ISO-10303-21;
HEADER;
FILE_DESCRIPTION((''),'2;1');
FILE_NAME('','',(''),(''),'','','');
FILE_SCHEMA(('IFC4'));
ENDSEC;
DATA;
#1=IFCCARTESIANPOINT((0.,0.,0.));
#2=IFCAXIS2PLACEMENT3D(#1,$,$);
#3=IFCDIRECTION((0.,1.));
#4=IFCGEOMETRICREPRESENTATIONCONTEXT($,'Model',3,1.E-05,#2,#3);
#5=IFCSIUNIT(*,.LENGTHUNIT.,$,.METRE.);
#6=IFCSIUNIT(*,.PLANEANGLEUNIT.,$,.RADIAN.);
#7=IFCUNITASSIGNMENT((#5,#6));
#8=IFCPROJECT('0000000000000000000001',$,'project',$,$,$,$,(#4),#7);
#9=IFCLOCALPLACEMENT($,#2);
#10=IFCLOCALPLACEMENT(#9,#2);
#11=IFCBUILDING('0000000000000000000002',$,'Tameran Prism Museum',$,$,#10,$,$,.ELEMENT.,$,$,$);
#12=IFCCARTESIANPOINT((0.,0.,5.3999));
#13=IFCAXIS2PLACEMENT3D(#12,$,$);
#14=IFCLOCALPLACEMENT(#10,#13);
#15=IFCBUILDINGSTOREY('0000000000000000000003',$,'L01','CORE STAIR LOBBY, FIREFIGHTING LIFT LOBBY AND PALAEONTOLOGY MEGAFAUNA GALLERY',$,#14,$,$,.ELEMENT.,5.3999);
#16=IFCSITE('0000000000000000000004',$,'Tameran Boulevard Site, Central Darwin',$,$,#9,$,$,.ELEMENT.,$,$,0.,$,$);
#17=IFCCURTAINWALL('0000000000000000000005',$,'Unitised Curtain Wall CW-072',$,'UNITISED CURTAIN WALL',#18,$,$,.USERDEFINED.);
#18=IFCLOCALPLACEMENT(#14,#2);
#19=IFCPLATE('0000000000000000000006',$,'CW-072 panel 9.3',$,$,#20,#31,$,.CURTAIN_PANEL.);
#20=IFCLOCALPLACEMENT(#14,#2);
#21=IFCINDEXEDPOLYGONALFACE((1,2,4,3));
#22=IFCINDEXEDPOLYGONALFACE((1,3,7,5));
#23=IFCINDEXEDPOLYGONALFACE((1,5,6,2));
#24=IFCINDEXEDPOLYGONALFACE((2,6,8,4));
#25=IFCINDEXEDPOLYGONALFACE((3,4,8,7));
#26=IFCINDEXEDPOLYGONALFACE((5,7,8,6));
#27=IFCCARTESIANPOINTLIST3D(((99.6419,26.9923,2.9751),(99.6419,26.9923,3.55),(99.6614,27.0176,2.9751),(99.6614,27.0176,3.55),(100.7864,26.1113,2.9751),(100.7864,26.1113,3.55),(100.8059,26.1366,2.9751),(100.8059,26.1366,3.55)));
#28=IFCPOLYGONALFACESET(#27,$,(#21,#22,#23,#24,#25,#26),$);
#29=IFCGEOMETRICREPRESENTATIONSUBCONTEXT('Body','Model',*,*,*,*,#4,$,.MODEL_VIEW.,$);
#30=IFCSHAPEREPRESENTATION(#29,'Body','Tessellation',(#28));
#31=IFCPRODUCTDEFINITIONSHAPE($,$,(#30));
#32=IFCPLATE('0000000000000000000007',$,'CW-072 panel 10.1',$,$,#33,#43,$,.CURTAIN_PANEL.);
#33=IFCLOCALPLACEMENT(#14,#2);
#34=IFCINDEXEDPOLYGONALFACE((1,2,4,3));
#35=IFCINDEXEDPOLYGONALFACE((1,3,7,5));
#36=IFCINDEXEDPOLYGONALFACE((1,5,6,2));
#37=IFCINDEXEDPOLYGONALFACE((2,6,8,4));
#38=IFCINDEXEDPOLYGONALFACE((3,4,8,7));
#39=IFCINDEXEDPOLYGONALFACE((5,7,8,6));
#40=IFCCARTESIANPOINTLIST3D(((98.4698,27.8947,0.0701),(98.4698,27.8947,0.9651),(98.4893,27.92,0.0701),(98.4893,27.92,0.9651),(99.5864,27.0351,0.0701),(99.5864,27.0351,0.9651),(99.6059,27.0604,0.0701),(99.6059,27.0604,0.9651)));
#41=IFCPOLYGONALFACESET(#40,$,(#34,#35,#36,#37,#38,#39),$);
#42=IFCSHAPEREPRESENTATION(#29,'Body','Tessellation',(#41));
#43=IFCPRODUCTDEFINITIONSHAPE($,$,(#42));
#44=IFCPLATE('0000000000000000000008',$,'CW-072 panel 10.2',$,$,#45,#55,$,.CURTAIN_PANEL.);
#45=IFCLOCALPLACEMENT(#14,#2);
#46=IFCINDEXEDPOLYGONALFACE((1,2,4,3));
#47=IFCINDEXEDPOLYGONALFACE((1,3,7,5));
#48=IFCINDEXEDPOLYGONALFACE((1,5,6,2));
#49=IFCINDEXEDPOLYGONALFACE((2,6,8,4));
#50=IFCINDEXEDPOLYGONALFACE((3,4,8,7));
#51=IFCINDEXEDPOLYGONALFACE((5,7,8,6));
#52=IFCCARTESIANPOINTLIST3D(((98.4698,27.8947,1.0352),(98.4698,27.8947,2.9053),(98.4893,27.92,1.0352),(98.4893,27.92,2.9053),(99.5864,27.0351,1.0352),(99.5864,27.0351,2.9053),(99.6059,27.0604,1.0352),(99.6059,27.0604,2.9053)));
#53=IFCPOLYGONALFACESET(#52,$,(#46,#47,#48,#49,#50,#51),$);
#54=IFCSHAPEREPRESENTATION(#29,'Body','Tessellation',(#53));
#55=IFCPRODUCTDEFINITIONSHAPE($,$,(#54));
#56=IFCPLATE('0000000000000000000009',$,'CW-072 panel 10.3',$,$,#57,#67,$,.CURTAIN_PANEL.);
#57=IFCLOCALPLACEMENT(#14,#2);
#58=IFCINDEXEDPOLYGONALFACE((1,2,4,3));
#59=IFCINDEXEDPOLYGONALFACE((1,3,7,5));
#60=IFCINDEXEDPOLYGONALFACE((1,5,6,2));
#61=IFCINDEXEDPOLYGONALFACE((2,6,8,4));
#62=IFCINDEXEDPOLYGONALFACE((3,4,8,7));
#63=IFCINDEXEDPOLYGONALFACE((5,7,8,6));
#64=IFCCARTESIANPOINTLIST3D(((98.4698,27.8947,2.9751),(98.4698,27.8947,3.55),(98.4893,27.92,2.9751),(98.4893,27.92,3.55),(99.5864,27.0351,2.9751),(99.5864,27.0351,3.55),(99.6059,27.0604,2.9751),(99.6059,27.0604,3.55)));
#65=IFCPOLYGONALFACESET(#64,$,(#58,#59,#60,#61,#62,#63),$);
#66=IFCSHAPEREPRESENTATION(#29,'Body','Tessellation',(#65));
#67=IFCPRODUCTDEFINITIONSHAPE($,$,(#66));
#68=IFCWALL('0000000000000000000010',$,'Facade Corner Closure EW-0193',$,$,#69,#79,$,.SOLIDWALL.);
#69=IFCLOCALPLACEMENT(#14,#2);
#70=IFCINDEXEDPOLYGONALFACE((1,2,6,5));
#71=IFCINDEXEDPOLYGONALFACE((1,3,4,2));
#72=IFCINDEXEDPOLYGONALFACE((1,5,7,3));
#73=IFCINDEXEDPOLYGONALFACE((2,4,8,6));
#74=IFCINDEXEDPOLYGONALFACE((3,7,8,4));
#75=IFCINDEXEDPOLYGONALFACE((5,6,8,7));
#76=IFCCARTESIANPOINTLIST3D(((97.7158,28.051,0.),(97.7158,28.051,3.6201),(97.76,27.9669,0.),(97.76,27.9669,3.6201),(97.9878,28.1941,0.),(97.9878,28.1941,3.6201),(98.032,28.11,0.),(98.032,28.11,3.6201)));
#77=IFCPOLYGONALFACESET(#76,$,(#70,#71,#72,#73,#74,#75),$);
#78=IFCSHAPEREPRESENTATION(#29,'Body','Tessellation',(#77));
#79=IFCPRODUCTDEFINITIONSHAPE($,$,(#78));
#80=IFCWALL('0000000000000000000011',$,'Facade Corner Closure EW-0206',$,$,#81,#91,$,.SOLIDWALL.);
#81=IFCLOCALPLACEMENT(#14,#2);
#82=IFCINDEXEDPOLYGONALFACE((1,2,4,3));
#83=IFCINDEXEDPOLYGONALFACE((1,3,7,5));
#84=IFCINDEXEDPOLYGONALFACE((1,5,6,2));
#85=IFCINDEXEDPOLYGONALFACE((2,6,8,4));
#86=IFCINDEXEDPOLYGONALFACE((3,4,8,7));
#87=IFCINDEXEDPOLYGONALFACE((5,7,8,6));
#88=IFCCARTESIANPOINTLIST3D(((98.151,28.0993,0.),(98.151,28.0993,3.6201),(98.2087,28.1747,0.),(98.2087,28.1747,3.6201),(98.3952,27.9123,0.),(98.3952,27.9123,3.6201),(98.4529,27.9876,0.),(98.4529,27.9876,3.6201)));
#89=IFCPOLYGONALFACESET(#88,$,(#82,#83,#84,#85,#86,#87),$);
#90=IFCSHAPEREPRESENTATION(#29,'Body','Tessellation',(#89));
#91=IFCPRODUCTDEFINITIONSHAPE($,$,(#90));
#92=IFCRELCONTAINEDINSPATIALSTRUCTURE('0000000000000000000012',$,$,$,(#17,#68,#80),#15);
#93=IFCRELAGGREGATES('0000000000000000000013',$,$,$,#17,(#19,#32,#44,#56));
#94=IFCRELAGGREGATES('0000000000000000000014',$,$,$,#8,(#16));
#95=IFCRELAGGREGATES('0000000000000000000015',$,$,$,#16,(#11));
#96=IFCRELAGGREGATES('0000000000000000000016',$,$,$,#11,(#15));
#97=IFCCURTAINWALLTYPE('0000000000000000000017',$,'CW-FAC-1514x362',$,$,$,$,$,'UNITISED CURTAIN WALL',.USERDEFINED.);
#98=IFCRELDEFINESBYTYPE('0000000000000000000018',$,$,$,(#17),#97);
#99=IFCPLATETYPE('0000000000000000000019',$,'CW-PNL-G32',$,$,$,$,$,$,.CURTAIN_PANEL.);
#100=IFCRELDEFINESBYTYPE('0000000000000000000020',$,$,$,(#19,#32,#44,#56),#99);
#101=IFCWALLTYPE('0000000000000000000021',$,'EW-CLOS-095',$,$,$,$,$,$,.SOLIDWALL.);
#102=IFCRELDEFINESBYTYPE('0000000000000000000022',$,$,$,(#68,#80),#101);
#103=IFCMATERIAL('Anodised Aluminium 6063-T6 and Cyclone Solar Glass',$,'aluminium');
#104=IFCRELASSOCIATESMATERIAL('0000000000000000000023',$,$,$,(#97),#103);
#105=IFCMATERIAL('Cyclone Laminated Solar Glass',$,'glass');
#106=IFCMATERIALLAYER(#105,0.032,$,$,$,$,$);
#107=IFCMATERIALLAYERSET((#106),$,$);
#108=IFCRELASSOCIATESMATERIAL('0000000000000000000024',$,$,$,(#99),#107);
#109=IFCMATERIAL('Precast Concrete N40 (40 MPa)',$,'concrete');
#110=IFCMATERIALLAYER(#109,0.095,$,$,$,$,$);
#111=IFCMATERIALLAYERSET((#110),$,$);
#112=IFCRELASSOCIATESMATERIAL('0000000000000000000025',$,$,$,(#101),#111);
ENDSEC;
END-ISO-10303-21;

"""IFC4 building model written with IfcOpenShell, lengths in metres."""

from ifc_helpers import new_model, si_unit, direction, frame, frame_2d, origin, origin_2d, place, context, subcontext, project, spatial, rectangle, extrude, material, layer, layer_set, type_object, element, aggregate, save


model = new_model("IFC4")

# Units and contexts
model_context = context("Model", 3, precision=1e-05, world=origin(), true_north=direction((0.0, 1.0)))
body_context = subcontext(model_context, "Body", "Model", "MODEL_VIEW")
ifc_project = project(units=[si_unit("LENGTHUNIT", "METRE"), si_unit("PLANEANGLEUNIT", "RADIAN")], contexts=[model_context])

# Site, building, storey
site_placement = place(None, origin())
site = spatial("IfcSite", under=ifc_project, at=site_placement, Name="Tameran Boulevard Site, Central Darwin", CompositionType="ELEMENT", RefElevation=0.0)
building_placement = place(site_placement, origin())
building = spatial("IfcBuilding", under=site, at=building_placement, Name="Tameran Prism Museum", CompositionType="ELEMENT")
storey_placement = place(building_placement, frame((0.0, 0.0, 5.3999)))
storey = spatial("IfcBuildingStorey", under=building, at=storey_placement, Name="L01", Description="CORE STAIR LOBBY, FIREFIGHTING LIFT LOBBY AND PALAEONTOLOGY MEGAFAUNA GALLERY", CompositionType="ELEMENT", Elevation=5.3999)

# Curtain wall
ifc_material_1 = material(Name="Anodised Aluminium 6063-T6 and Cyclone Solar Glass", Category="aluminium")
curtain_wall_type_1 = type_object("IfcCurtainWallType", Name="CW-FAC-1514x362", ElementType="UNITISED CURTAIN WALL", PredefinedType="USERDEFINED", material=ifc_material_1)
curtain_wall_1_placement = place(storey_placement, origin())
curtain_wall_1 = element("IfcCurtainWall", 1, at=curtain_wall_1_placement, inside=storey, type_object=curtain_wall_type_1, Name="Unitised Curtain Wall CW-072", ObjectType="UNITISED CURTAIN WALL", PredefinedType="USERDEFINED")

# Plates
ifc_material_2 = material(Name="Cyclone Laminated Solar Glass", Category="glass")
ifc_layer_1 = layer(ifc_material_2, 0.032)
ifc_layer_set_1 = layer_set([ifc_layer_1])
plate_type_1 = type_object("IfcPlateType", Name="CW-PNL-G32", PredefinedType="CURTAIN_PANEL", material=ifc_layer_set_1)
plate_1_placement = place(storey_placement, frame((100.2239, 26.5645, 2.9751), z_axis=(0.0, 0.0, 1.0), x_axis=(-0.792401, 0.610001, 0.0)))
plate_1 = element("IfcPlate", 2, at=plate_1_placement, type_object=plate_type_1, Name="CW-072 panel 9.3", PredefinedType="CURTAIN_PANEL", context=body_context, shape_type="SweptSolid", body=[
    extrude(rectangle(XDim=1.4443, YDim=0.032, at=origin_2d()), origin(), (0.0, 0.0, 1.0), 0.575),
])
plate_2_placement = place(storey_placement, frame((99.0378, 27.4775, 0.0701), z_axis=(0.0, 0.0, 1.0), x_axis=(-0.792401, 0.610001, 0.0)))
plate_2 = element("IfcPlate", 3, at=plate_2_placement, type_object=plate_type_1, Name="CW-072 panel 10.1", PredefinedType="CURTAIN_PANEL", context=body_context, shape_type="SweptSolid", body=[
    extrude(rectangle(XDim=1.4092, YDim=0.032, at=origin_2d()), origin(), (0.0, 0.0, 1.0), 0.895),
])
plate_3_placement = place(storey_placement, frame((99.0378, 27.4775, 1.0352), z_axis=(0.0, 0.0, 1.0), x_axis=(-0.792401, 0.610001, 0.0)))
plate_3 = element("IfcPlate", 4, at=plate_3_placement, type_object=plate_type_1, Name="CW-072 panel 10.2", PredefinedType="CURTAIN_PANEL", context=body_context, shape_type="SweptSolid", body=[
    extrude(rectangle(XDim=1.4092, YDim=0.032, at=origin_2d()), origin(), (0.0, 0.0, 1.0), 1.8701),
])
plate_4_placement = place(storey_placement, frame((99.0378, 27.4775, 2.9751), z_axis=(0.0, 0.0, 1.0), x_axis=(-0.792401, 0.610001, 0.0)))
plate_4 = element("IfcPlate", 5, at=plate_4_placement, type_object=plate_type_1, Name="CW-072 panel 10.3", PredefinedType="CURTAIN_PANEL", context=body_context, shape_type="SweptSolid", body=[
    extrude(rectangle(XDim=1.4092, YDim=0.032, at=origin_2d()), origin(), (0.0, 0.0, 1.0), 0.575),
])
aggregate(curtain_wall_1, [plate_1, plate_2, plate_3, plate_4])

# Walls
ifc_material_3 = material(Name="Precast Concrete N40 (40 MPa)", Category="concrete")
ifc_layer_2 = layer(ifc_material_3, 0.095)
ifc_layer_set_2 = layer_set([ifc_layer_2])
wall_type = type_object("IfcWallType", Name="EW-CLOS-095", PredefinedType="SOLIDWALL", material=ifc_layer_set_2)
wall_1_placement = place(storey_placement, frame((98.01, 28.1521, 0.0), z_axis=(0.0, 0.0, 1.0), x_axis=(-0.885022, -0.46555, 0.0)))
element("IfcWall", 6, at=wall_1_placement, inside=storey, type_object=wall_type, Name="Facade Corner Closure EW-0193", PredefinedType="SOLIDWALL", context=body_context, shape_type="SweptSolid", body=[
    extrude(rectangle(XDim=0.3074, YDim=0.095, at=frame_2d((0.1538, 0.0))), origin(), (0.0, 0.0, 1.0), 3.6201),
])
wall_2_placement = place(storey_placement, frame((98.4241, 27.95, 0.0), z_axis=(0.0, 0.0, 1.0), x_axis=(-0.793862, 0.608098, 0.0)))
element("IfcWall", 7, at=wall_2_placement, inside=storey, type_object=wall_type, Name="Facade Corner Closure EW-0206", PredefinedType="SOLIDWALL", context=body_context, shape_type="SweptSolid", body=[
    extrude(rectangle(XDim=0.3076, YDim=0.095, at=frame_2d((0.1538, 0.0))), origin(), (0.0, 0.0, 1.0), 3.6201),
])

save(model, "model.ifc")
